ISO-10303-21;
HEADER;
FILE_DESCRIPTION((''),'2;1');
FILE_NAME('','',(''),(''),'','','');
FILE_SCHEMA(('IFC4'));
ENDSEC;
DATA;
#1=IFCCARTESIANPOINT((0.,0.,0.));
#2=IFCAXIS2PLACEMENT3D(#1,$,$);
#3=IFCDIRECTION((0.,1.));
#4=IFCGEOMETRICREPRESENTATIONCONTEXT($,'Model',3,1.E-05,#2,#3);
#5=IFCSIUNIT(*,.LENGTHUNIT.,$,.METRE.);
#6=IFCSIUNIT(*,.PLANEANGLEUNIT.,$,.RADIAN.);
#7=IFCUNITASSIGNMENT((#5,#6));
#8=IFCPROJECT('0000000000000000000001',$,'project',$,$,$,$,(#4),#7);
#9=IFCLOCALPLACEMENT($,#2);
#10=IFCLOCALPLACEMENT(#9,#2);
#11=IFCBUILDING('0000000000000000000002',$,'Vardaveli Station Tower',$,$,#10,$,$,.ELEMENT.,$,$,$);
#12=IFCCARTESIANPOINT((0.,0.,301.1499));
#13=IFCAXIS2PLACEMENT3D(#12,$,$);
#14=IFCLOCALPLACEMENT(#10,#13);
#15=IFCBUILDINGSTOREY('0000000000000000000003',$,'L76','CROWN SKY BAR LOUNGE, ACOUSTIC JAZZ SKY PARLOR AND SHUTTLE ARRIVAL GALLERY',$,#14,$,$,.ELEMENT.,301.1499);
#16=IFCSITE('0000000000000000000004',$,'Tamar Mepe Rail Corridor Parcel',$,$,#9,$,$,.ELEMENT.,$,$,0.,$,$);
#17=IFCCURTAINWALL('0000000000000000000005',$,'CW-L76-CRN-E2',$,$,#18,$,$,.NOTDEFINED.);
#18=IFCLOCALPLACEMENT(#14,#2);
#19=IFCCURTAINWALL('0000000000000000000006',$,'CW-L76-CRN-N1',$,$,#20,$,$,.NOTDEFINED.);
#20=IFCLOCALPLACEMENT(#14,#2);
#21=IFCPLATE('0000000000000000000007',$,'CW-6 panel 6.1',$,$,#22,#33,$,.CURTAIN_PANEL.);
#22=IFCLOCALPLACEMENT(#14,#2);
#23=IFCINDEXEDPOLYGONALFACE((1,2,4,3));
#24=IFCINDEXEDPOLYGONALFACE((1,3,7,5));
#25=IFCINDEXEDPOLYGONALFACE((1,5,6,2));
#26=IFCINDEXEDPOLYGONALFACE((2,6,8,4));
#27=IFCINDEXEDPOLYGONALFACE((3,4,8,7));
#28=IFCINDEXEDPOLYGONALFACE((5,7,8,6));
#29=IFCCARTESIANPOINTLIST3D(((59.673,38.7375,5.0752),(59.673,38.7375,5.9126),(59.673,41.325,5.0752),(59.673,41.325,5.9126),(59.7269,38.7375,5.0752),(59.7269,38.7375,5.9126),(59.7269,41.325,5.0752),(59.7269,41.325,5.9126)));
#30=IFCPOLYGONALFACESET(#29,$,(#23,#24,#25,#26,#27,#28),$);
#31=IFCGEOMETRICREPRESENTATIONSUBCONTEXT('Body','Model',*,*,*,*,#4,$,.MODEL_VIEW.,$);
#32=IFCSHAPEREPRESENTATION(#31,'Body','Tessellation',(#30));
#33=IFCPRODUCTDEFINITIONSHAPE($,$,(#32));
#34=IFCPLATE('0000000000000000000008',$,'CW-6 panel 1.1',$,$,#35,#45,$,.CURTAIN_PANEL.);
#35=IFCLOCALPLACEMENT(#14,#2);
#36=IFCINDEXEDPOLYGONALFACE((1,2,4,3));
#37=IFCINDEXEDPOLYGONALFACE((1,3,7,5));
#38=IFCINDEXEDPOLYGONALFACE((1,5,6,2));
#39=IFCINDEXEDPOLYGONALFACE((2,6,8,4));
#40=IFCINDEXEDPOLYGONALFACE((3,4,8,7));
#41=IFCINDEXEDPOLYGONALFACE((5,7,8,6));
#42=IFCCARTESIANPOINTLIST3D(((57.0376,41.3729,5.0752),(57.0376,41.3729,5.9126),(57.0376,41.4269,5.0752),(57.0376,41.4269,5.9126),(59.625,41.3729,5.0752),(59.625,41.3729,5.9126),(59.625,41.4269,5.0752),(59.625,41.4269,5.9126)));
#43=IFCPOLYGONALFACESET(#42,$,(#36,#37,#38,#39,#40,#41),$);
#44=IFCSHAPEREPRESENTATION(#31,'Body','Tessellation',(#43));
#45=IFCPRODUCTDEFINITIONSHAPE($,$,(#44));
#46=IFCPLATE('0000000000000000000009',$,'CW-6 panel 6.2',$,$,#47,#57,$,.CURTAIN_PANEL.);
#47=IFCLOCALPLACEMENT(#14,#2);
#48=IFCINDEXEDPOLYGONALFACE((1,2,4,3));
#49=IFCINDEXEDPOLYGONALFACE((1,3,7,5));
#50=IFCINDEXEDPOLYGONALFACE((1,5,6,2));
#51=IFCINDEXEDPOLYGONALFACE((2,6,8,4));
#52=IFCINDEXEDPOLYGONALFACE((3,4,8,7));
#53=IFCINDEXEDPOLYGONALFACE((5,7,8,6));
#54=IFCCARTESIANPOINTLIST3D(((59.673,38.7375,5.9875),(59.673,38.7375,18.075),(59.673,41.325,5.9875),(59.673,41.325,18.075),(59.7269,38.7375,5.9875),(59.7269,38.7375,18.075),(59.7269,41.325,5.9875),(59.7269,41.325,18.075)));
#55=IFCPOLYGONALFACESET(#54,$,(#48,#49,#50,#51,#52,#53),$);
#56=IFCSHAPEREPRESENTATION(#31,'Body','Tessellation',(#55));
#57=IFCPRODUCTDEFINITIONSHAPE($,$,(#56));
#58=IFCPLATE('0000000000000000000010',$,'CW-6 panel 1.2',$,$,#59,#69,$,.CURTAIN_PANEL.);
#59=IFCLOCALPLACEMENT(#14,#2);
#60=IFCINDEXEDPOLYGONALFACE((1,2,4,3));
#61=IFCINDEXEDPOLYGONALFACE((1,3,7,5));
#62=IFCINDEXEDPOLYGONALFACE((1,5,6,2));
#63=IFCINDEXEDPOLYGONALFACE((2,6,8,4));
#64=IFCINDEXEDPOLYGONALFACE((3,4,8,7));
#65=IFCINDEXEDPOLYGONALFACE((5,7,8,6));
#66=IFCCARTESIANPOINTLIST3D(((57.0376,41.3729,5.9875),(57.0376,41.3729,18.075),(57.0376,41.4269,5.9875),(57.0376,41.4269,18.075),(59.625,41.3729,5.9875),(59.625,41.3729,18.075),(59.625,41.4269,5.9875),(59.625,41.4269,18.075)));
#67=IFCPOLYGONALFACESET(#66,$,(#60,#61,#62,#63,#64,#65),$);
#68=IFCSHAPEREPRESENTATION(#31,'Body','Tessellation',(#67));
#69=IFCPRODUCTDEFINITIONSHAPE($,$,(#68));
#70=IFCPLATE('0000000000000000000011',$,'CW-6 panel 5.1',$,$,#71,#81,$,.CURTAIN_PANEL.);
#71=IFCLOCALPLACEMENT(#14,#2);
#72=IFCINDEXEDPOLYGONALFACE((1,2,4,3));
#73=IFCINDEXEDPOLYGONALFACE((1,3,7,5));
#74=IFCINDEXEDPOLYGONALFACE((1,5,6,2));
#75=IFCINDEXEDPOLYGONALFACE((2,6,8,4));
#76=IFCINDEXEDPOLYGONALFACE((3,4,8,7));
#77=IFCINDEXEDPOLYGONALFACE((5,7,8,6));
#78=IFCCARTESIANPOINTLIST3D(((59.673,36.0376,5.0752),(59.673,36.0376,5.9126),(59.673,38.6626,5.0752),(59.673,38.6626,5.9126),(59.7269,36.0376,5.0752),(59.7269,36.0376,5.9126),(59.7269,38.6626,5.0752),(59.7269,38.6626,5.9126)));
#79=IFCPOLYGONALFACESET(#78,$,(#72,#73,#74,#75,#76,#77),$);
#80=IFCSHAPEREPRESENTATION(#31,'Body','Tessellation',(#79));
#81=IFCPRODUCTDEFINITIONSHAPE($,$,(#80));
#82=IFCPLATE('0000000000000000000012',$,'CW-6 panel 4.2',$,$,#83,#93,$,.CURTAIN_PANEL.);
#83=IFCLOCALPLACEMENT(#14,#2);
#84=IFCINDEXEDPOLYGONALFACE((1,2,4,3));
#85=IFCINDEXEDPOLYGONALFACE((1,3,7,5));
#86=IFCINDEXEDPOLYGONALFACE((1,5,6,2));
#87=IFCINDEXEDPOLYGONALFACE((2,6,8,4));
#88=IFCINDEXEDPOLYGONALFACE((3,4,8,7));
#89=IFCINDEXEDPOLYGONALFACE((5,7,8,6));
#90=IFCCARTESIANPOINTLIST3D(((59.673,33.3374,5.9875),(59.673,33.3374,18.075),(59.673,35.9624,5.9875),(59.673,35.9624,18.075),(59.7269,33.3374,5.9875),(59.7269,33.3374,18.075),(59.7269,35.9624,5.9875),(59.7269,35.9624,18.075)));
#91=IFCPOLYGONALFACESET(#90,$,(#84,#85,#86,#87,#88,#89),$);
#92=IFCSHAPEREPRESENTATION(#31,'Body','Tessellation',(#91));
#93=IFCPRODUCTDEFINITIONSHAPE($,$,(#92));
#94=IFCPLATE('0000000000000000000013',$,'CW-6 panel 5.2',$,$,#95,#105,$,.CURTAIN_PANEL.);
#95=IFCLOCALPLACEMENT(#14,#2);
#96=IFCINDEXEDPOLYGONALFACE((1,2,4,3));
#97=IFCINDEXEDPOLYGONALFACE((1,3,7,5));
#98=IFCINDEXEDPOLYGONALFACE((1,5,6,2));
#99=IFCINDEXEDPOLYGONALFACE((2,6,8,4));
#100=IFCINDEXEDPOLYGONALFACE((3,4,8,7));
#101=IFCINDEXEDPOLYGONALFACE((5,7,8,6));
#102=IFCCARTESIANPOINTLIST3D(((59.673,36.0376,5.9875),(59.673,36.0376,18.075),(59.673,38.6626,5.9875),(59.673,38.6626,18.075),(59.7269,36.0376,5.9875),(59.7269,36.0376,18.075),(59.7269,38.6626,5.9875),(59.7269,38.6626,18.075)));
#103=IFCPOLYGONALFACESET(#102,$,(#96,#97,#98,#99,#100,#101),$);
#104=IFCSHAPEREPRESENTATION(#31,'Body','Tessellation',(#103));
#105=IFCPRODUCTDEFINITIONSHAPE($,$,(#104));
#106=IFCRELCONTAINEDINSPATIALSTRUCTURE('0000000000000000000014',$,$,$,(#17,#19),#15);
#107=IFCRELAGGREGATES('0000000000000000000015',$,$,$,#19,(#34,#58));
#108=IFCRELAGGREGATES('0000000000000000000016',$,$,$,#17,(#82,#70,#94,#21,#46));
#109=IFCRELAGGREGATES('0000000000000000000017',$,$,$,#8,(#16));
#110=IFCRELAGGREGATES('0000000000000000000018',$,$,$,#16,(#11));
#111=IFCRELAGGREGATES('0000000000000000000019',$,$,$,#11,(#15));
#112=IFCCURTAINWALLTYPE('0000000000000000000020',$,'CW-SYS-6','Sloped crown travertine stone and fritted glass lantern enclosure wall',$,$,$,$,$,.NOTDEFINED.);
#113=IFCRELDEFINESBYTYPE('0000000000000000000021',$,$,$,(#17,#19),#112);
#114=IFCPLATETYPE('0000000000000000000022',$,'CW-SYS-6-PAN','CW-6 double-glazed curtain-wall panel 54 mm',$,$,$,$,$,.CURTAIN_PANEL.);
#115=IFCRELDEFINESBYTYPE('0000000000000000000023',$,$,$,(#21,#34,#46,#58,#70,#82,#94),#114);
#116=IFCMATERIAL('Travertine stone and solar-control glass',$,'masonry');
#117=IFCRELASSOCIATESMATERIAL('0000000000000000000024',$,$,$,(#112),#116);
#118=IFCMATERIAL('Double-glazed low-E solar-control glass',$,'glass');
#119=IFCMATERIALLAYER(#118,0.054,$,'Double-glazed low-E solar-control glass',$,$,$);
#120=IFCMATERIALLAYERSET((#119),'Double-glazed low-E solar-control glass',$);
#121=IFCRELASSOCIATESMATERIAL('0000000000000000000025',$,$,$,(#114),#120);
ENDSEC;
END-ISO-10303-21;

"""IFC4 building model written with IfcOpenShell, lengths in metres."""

from ifc_helpers import new_model, si_unit, direction, frame, origin, origin_2d, place, context, subcontext, project, spatial, rectangle, extrude, source, transform, mapped, material, layer, layer_set, type_object, element, aggregate, save


model = new_model("IFC4")

# Units and contexts
model_context = context("Model", 3, precision=1e-05, world=origin(), true_north=direction((0.0, 1.0)))
body_context = subcontext(model_context, "Body", "Model", "MODEL_VIEW")
ifc_project = project(units=[si_unit("LENGTHUNIT", "METRE"), si_unit("PLANEANGLEUNIT", "RADIAN")], contexts=[model_context])

# Site, building, storey
site_placement = place(None, origin())
site = spatial("IfcSite", under=ifc_project, at=site_placement, Name="Tamar Mepe Rail Corridor Parcel", CompositionType="ELEMENT", RefElevation=0.0)
building_placement = place(site_placement, origin())
building = spatial("IfcBuilding", under=site, at=building_placement, Name="Vardaveli Station Tower", CompositionType="ELEMENT")
storey_placement = place(building_placement, frame((0.0, 0.0, 301.1499)))
storey = spatial("IfcBuildingStorey", under=building, at=storey_placement, Name="L76", Description="CROWN SKY BAR LOUNGE, ACOUSTIC JAZZ SKY PARLOR AND SHUTTLE ARRIVAL GALLERY", CompositionType="ELEMENT", Elevation=301.1499)

# Curtain walls
ifc_material_1 = material(Name="Travertine stone and solar-control glass", Category="masonry")
curtain_wall_type = type_object("IfcCurtainWallType", Name="CW-SYS-6", Description="Sloped crown travertine stone and fritted glass lantern enclosure wall", PredefinedType="NOTDEFINED", material=ifc_material_1)
curtain_wall_1_placement = place(storey_placement, origin())
curtain_wall_1 = element("IfcCurtainWall", 1, at=curtain_wall_1_placement, inside=storey, type_object=curtain_wall_type, Name="CW-L76-CRN-E2", PredefinedType="NOTDEFINED")
curtain_wall_2_placement = place(storey_placement, origin())
curtain_wall_2 = element("IfcCurtainWall", 2, at=curtain_wall_2_placement, inside=storey, type_object=curtain_wall_type, Name="CW-L76-CRN-N1", PredefinedType="NOTDEFINED")

# Plates
ifc_material_2 = material(Name="Double-glazed low-E solar-control glass", Category="glass")
ifc_layer_1 = layer(ifc_material_2, 0.054, Name="Double-glazed low-E solar-control glass")
ifc_layer_set_1 = layer_set([ifc_layer_1], Name="Double-glazed low-E solar-control glass")
plate_type_1 = type_object("IfcPlateType", Name="CW-SYS-6-PAN", Description="CW-6 double-glazed curtain-wall panel 54 mm", PredefinedType="CURTAIN_PANEL", material=ifc_layer_set_1)
shared_shape_1 = source(origin(), body_context, "Body", "SweptSolid", [
    extrude(rectangle(XDim=2.5874, YDim=0.054, at=origin_2d()), origin(), (0.0, 0.0, 1.0), 0.8374),
])
plate_1_placement = place(storey_placement, frame((59.7, 40.0312, 5.0752), z_axis=(0.0, 0.0, 1.0), x_axis=(0.0, 1.0, 0.0)))
plate_1 = element("IfcPlate", 3, at=plate_1_placement, type_object=plate_type_1, Name="CW-6 panel 6.1", PredefinedType="CURTAIN_PANEL", context=body_context, shape_type="MappedRepresentation", body=[
    mapped(shared_shape_1, transform((0.0, 0.0, 0.0), scale=1.0)),
])
plate_2_placement = place(storey_placement, frame((58.3313, 41.3999, 5.0752), z_axis=(0.0, 0.0, 1.0), x_axis=(-1.0, 0.0, 0.0)))
plate_2 = element("IfcPlate", 4, at=plate_2_placement, type_object=plate_type_1, Name="CW-6 panel 1.1", PredefinedType="CURTAIN_PANEL", context=body_context, shape_type="MappedRepresentation", body=[
    mapped(shared_shape_1, transform((0.0, 0.0, 0.0), scale=1.0)),
])
shared_shape_2 = source(origin(), body_context, "Body", "SweptSolid", [
    extrude(rectangle(XDim=2.5874, YDim=0.054, at=origin_2d()), origin(), (0.0, 0.0, 1.0), 12.0874),
])
plate_3_placement = place(storey_placement, frame((59.7, 40.0312, 5.9875), z_axis=(0.0, 0.0, 1.0), x_axis=(0.0, 1.0, 0.0)))
plate_3 = element("IfcPlate", 5, at=plate_3_placement, type_object=plate_type_1, Name="CW-6 panel 6.2", PredefinedType="CURTAIN_PANEL", context=body_context, shape_type="MappedRepresentation", body=[
    mapped(shared_shape_2, transform((0.0, 0.0, 0.0), scale=1.0)),
])
plate_4_placement = place(storey_placement, frame((58.3313, 41.3999, 5.9875), z_axis=(0.0, 0.0, 1.0), x_axis=(-1.0, 0.0, 0.0)))
plate_4 = element("IfcPlate", 6, at=plate_4_placement, type_object=plate_type_1, Name="CW-6 panel 1.2", PredefinedType="CURTAIN_PANEL", context=body_context, shape_type="MappedRepresentation", body=[
    mapped(shared_shape_2, transform((0.0, 0.0, 0.0), scale=1.0)),
])
aggregate(curtain_wall_2, [plate_2, plate_4])
shared_shape_3 = source(origin(), body_context, "Body", "SweptSolid", [
    extrude(rectangle(XDim=2.625, YDim=0.054, at=origin_2d()), origin(), (0.0, 0.0, 1.0), 0.8374),
])
plate_5_placement = place(storey_placement, frame((59.7, 37.3501, 5.0752), z_axis=(0.0, 0.0, 1.0), x_axis=(0.0, 1.0, 0.0)))
plate_5 = element("IfcPlate", 7, at=plate_5_placement, type_object=plate_type_1, Name="CW-6 panel 5.1", PredefinedType="CURTAIN_PANEL", context=body_context, shape_type="MappedRepresentation", body=[
    mapped(shared_shape_3, transform((0.0, 0.0, 0.0), scale=1.0)),
])
shared_shape_4 = source(origin(), body_context, "Body", "SweptSolid", [
    extrude(rectangle(XDim=2.625, YDim=0.054, at=origin_2d()), origin(), (0.0, 0.0, 1.0), 12.0874),
])
plate_6_placement = place(storey_placement, frame((59.7, 34.6499, 5.9875), z_axis=(0.0, 0.0, 1.0), x_axis=(0.0, 1.0, 0.0)))
plate_6 = element("IfcPlate", 8, at=plate_6_placement, type_object=plate_type_1, Name="CW-6 panel 4.2", PredefinedType="CURTAIN_PANEL", context=body_context, shape_type="MappedRepresentation", body=[
    mapped(shared_shape_4, transform((0.0, 0.0, 0.0), scale=1.0)),
])
plate_7_placement = place(storey_placement, frame((59.7, 37.3501, 5.9875), z_axis=(0.0, 0.0, 1.0), x_axis=(0.0, 1.0, 0.0)))
plate_7 = element("IfcPlate", 9, at=plate_7_placement, type_object=plate_type_1, Name="CW-6 panel 5.2", PredefinedType="CURTAIN_PANEL", context=body_context, shape_type="MappedRepresentation", body=[
    mapped(shared_shape_4, transform((0.0, 0.0, 0.0), scale=1.0)),
])
aggregate(curtain_wall_1, [plate_6, plate_5, plate_7, plate_1, plate_3])

save(model, "model.ifc")
